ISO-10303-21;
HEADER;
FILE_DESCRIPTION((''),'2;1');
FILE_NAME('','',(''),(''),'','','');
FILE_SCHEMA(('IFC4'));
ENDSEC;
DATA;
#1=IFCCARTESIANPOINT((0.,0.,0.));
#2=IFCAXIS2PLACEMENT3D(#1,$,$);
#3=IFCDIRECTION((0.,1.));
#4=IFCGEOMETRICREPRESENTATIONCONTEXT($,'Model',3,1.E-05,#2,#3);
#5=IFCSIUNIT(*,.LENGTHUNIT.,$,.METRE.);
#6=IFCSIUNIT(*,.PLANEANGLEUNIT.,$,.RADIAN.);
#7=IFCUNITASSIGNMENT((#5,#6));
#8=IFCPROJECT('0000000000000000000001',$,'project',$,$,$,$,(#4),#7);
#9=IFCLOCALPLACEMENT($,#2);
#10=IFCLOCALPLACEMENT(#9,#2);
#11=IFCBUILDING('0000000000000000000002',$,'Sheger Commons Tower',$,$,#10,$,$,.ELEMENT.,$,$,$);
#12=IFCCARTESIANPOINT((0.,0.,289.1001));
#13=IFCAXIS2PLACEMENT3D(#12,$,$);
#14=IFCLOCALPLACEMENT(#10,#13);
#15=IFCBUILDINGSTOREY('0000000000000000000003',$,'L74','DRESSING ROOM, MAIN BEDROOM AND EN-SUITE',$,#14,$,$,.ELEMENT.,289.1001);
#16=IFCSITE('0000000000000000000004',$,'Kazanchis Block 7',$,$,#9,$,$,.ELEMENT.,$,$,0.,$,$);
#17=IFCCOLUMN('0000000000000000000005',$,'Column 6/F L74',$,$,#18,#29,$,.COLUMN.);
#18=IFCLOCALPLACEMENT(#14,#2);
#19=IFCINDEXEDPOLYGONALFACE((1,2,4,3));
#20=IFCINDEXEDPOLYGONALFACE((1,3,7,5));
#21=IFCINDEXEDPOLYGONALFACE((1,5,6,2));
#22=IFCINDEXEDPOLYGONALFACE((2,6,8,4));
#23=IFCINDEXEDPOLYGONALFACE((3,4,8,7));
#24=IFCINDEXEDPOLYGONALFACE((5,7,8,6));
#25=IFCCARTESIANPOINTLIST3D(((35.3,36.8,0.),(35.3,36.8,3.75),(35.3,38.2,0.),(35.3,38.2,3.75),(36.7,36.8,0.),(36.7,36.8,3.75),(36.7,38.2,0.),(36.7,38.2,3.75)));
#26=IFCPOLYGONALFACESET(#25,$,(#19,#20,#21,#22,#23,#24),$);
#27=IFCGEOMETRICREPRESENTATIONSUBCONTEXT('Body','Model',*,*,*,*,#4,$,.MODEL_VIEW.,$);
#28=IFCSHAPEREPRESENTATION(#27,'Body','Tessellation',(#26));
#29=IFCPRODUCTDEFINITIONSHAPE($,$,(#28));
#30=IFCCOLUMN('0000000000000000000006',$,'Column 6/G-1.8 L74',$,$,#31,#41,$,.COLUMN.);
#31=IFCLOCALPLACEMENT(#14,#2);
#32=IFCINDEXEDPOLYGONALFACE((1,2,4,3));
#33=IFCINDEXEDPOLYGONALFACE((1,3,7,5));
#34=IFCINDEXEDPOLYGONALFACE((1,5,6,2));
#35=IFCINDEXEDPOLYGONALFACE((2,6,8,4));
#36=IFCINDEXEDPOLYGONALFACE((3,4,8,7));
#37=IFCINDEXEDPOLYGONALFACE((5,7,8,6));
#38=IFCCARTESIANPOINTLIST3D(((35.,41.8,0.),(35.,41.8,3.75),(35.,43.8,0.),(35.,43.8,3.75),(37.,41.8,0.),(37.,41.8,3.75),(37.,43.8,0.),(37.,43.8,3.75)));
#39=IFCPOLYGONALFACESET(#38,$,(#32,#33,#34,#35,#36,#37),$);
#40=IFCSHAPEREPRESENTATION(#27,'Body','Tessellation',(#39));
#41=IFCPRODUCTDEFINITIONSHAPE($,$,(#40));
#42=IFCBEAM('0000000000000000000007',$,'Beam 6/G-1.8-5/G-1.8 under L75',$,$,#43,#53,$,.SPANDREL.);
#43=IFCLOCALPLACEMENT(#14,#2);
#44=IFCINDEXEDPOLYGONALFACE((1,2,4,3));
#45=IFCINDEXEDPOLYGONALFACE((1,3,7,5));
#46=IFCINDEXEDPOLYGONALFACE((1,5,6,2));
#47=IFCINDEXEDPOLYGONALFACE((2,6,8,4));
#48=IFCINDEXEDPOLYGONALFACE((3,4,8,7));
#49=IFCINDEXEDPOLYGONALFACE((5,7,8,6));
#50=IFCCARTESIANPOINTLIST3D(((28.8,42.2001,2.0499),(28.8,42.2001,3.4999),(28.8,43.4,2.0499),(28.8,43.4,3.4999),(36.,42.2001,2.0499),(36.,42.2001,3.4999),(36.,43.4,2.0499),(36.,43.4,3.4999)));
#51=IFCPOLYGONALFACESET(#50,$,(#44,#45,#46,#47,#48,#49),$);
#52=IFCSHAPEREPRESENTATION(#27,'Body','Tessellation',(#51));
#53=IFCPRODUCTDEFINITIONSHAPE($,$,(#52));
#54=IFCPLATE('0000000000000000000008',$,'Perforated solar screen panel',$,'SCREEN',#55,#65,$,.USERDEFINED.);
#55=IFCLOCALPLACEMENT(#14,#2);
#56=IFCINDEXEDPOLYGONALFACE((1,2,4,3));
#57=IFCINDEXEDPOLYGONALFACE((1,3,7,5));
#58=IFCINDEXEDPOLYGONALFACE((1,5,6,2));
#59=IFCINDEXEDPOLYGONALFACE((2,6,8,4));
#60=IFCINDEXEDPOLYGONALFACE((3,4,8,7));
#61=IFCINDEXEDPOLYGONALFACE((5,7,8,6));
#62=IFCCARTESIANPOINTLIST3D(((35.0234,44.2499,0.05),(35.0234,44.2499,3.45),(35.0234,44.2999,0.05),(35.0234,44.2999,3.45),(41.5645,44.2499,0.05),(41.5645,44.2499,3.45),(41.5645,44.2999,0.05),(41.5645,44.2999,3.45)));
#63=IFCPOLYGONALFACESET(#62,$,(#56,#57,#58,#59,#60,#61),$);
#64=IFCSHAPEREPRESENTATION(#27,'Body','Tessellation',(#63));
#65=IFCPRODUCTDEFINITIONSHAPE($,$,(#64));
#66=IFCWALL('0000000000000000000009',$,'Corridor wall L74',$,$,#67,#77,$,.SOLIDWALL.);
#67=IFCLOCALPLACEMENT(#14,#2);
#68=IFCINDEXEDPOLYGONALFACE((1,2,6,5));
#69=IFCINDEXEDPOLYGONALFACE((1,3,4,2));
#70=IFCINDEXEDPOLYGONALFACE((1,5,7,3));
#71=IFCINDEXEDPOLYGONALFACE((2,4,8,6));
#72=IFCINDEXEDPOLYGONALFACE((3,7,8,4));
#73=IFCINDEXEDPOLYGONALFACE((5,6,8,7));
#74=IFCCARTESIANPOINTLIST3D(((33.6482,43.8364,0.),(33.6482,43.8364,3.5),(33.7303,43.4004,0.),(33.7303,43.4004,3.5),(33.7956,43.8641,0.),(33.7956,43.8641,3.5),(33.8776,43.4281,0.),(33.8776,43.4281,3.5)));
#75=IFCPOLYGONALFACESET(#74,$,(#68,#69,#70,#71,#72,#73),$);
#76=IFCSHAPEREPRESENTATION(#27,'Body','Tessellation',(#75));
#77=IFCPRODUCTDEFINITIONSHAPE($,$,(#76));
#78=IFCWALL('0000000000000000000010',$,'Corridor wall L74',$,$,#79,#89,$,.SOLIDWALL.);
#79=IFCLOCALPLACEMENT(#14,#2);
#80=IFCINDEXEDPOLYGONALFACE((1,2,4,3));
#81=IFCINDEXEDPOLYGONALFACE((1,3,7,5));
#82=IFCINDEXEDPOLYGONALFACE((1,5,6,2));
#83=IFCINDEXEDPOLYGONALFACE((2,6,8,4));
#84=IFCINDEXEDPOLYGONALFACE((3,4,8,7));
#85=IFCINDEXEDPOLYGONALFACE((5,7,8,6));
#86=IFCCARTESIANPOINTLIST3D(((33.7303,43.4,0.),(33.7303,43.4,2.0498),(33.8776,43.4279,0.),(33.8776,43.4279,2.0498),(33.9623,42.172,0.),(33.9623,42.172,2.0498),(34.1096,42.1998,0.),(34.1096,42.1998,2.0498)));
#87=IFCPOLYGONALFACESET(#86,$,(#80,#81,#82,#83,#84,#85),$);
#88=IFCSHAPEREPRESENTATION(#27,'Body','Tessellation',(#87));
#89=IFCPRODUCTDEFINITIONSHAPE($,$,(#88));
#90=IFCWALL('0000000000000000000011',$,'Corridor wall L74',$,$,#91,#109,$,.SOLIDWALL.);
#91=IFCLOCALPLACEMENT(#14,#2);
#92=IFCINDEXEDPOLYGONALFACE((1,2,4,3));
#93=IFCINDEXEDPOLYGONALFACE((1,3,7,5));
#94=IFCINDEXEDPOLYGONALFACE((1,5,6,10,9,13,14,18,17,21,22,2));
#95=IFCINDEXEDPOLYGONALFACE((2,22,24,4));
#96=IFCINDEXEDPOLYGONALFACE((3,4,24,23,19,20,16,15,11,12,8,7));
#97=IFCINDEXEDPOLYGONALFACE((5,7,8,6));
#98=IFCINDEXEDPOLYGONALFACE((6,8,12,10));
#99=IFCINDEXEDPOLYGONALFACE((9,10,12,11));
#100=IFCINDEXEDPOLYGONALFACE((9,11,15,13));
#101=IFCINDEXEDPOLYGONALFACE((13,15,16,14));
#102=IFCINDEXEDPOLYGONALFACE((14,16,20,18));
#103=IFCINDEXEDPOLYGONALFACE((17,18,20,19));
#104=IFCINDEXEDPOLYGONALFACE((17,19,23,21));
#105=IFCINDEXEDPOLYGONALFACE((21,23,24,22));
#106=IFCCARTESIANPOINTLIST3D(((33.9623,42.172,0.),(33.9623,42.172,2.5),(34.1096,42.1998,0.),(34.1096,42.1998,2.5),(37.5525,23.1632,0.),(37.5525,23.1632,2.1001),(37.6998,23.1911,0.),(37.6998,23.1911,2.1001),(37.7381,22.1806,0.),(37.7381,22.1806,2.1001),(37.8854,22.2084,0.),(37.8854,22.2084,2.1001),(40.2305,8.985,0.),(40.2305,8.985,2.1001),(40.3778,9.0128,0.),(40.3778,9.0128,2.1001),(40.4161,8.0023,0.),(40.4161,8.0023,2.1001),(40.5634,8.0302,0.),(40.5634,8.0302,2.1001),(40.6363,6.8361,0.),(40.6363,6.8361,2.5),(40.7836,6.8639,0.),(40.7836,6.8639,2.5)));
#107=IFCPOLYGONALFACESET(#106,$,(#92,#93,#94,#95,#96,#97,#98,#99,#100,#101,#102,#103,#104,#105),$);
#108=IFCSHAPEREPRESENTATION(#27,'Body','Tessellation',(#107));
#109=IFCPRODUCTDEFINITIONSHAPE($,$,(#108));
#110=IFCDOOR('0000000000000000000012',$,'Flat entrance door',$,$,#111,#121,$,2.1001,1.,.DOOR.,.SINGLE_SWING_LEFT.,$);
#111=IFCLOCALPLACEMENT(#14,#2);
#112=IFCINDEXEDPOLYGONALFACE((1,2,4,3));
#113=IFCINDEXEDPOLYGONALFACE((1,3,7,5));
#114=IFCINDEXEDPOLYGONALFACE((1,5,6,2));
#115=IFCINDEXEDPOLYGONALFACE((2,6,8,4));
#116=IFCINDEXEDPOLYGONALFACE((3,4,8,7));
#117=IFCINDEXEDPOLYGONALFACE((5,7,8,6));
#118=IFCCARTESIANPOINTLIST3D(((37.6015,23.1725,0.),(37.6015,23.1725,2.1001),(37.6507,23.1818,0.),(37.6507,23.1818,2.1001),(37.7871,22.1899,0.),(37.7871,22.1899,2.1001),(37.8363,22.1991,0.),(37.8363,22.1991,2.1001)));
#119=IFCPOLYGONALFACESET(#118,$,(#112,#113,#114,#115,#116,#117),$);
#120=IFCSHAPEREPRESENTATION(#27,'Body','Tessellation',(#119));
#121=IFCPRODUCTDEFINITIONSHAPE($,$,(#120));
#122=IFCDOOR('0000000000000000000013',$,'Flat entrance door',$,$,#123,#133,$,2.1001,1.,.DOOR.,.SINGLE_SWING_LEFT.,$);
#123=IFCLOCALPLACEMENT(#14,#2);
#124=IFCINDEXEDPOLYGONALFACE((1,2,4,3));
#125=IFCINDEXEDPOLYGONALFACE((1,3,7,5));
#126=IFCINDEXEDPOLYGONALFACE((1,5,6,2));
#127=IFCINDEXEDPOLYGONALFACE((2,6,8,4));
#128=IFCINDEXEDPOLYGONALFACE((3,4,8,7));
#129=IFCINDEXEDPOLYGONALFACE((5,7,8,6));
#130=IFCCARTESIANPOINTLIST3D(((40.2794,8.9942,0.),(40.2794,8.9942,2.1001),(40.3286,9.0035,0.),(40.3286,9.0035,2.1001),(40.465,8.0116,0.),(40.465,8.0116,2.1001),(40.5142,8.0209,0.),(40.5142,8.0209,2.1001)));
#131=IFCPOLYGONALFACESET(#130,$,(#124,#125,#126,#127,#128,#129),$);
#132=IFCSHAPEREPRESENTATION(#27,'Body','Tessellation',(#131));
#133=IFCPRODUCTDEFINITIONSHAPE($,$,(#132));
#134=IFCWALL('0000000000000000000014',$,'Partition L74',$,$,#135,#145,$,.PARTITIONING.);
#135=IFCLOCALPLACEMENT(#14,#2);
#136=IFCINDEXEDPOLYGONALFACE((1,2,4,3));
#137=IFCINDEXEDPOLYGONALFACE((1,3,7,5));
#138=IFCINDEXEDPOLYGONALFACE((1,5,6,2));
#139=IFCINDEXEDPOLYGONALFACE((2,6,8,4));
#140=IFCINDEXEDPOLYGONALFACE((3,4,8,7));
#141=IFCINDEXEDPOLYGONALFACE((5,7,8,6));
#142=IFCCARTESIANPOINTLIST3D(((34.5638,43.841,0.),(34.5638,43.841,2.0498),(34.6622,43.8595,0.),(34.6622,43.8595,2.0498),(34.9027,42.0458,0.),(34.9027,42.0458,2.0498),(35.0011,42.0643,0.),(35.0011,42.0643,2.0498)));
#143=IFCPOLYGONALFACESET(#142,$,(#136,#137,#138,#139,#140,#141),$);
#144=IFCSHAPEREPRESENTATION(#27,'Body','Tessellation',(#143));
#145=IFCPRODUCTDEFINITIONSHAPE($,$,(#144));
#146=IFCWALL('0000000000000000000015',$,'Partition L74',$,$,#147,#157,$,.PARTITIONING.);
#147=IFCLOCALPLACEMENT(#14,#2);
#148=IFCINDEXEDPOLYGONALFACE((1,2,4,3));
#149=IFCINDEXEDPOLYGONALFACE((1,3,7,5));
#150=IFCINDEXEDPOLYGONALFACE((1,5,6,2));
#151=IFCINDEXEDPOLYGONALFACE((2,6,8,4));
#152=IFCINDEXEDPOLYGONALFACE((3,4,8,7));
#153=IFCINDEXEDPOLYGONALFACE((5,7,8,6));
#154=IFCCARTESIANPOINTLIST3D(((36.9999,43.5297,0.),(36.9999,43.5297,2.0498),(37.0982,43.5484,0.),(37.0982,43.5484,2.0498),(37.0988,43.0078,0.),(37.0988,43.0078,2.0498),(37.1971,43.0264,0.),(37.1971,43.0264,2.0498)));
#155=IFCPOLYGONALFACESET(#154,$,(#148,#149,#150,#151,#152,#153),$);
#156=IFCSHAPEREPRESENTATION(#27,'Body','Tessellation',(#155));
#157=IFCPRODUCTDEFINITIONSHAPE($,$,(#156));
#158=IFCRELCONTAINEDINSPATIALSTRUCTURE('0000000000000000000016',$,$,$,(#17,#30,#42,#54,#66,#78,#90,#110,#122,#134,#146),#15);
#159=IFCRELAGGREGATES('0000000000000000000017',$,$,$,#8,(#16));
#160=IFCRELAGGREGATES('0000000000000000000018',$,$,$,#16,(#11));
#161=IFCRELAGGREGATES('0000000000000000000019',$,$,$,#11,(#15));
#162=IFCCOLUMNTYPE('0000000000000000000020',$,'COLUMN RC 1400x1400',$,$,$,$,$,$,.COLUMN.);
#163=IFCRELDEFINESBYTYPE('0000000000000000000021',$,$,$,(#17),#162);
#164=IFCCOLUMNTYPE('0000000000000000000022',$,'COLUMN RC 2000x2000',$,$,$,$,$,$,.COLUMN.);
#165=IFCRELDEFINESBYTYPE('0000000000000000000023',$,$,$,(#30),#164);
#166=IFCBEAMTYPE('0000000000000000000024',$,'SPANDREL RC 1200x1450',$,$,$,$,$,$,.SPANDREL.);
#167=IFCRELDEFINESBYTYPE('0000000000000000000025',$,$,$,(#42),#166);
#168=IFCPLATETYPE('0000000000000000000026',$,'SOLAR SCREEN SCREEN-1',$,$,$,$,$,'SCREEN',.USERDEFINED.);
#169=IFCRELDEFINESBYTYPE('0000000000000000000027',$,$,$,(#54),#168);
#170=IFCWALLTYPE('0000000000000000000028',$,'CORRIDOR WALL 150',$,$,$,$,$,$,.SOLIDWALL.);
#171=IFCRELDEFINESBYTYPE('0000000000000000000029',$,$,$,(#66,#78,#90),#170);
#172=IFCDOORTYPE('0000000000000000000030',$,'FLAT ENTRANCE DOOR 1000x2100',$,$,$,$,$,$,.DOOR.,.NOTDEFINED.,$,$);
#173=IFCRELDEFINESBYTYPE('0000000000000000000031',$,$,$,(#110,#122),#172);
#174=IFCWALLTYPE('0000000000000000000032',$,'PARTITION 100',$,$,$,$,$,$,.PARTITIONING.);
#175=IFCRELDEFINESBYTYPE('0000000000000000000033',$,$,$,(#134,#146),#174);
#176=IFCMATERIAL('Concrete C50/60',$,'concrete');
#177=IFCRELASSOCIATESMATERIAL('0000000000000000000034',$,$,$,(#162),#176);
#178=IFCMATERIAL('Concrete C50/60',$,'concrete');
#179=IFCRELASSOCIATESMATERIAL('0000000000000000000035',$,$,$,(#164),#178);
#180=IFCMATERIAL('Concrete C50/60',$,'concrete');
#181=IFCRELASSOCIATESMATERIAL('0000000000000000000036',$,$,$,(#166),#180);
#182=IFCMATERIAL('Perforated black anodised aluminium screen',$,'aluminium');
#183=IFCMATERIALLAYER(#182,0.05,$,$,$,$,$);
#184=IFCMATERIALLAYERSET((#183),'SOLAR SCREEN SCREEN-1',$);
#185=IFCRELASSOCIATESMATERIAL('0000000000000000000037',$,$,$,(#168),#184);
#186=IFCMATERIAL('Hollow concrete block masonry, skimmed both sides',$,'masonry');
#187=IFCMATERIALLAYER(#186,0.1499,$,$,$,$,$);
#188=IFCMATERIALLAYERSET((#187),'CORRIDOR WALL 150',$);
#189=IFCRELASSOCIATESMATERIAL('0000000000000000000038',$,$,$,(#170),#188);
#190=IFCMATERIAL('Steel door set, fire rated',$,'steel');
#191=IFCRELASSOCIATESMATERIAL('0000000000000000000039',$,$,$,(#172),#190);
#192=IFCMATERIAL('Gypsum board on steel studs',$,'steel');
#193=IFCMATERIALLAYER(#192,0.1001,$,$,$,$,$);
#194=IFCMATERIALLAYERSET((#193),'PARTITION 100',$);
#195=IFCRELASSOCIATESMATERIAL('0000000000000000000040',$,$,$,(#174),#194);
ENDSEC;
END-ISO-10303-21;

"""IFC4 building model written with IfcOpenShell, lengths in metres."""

from ifc_helpers import new_model, si_unit, direction, frame, frame_2d, origin, origin_2d, place, context, subcontext, project, spatial, rectangle, extrude, material, layer, layer_set, material_profile, profile_set, type_object, element, fill, save


model = new_model("IFC4")

# Units and contexts
model_context = context("Model", 3, precision=1e-05, world=origin(), true_north=direction((0.0, 1.0)))
body_context = subcontext(model_context, "Body", "Model", "MODEL_VIEW")
ifc_project = project(units=[si_unit("LENGTHUNIT", "METRE"), si_unit("PLANEANGLEUNIT", "RADIAN")], contexts=[model_context])

# Site, building, storey
site_placement = place(None, origin())
site = spatial("IfcSite", under=ifc_project, at=site_placement, Name="Kazanchis Block 7", CompositionType="ELEMENT", RefElevation=0.0)
building_placement = place(site_placement, origin())
building = spatial("IfcBuilding", under=site, at=building_placement, Name="Sheger Commons Tower", CompositionType="ELEMENT")
storey_placement = place(building_placement, frame((0.0, 0.0, 289.1001)))
storey = spatial("IfcBuildingStorey", under=building, at=storey_placement, Name="L74", Description="DRESSING ROOM, MAIN BEDROOM AND EN-SUITE", CompositionType="ELEMENT", Elevation=289.1001)

# Columns
ifc_material_1 = material(Name="Concrete C50/60", Category="concrete")
ifc_material_profile_1 = material_profile(ifc_material_1, rectangle(XDim=1.3999, YDim=1.3999, at=origin_2d()), Name="RC 1400x1400")
ifc_profile_set_1 = profile_set([ifc_material_profile_1], Name="Concrete C50/60")
column_type_1 = type_object("IfcColumnType", Name="COLUMN RC 1400x1400", PredefinedType="COLUMN", material=ifc_profile_set_1)
column_1_placement = place(storey_placement, frame((36.0, 37.5, 0.0), z_axis=(0.0, 0.0, 1.0), x_axis=(1.0, 0.0, 0.0)))
element("IfcColumn", 1, at=column_1_placement, inside=storey, type_object=column_type_1, Name="Column 6/F L74", PredefinedType="COLUMN", context=body_context, shape_type="SweptSolid", body=[
    extrude(rectangle(XDim=1.3999, YDim=1.3999, at=origin_2d()), origin(), (0.0, 0.0, 1.0), 3.75),
])
ifc_material_2 = material(Name="Concrete C50/60", Category="concrete")
ifc_material_profile_2 = material_profile(ifc_material_2, rectangle(XDim=2.0, YDim=2.0, at=origin_2d()), Name="RC 2000x2000")
ifc_profile_set_2 = profile_set([ifc_material_profile_2], Name="Concrete C50/60")
column_type_2 = type_object("IfcColumnType", Name="COLUMN RC 2000x2000", PredefinedType="COLUMN", material=ifc_profile_set_2)
column_2_placement = place(storey_placement, frame((36.0, 42.8, 0.0), z_axis=(0.0, 0.0, 1.0), x_axis=(1.0, 0.0, 0.0)))
element("IfcColumn", 2, at=column_2_placement, inside=storey, type_object=column_type_2, Name="Column 6/G-1.8 L74", PredefinedType="COLUMN", context=body_context, shape_type="SweptSolid", body=[
    extrude(rectangle(XDim=2.0, YDim=2.0, at=origin_2d()), origin(), (0.0, 0.0, 1.0), 3.75),
])

# Beam
ifc_material_3 = material(Name="Concrete C50/60", Category="concrete")
ifc_material_profile_3 = material_profile(ifc_material_3, rectangle(XDim=1.2, YDim=1.45, at=origin_2d()), Name="RC 1200x1450")
ifc_profile_set_3 = profile_set([ifc_material_profile_3], Name="Concrete C50/60")
beam_type = type_object("IfcBeamType", Name="SPANDREL RC 1200x1450", PredefinedType="SPANDREL", material=ifc_profile_set_3)
beam_placement = place(storey_placement, frame((36.0, 42.8, 2.7749), z_axis=(-1.0, 0.0, 0.0), x_axis=(0.0, -1.0, 0.0)))
element("IfcBeam", 3, at=beam_placement, inside=storey, type_object=beam_type, Name="Beam 6/G-1.8-5/G-1.8 under L75", PredefinedType="SPANDREL", context=body_context, shape_type="SweptSolid", body=[
    extrude(rectangle(XDim=1.2, YDim=1.45, at=origin_2d()), origin(), (0.0, 0.0, 1.0), 7.2),
])

# Plate
ifc_material_4 = material(Name="Perforated black anodised aluminium screen", Category="aluminium")
ifc_layer_1 = layer(ifc_material_4, 0.05)
ifc_layer_set_1 = layer_set([ifc_layer_1], Name="SOLAR SCREEN SCREEN-1")
plate_type = type_object("IfcPlateType", Name="SOLAR SCREEN SCREEN-1", ElementType="SCREEN", PredefinedType="USERDEFINED", material=ifc_layer_set_1)
plate_placement = place(storey_placement, frame((38.2939, 44.2749, 0.05), z_axis=(0.0, 0.0, 1.0), x_axis=(-1.0, 0.0, 0.0)))
element("IfcPlate", 4, at=plate_placement, inside=storey, type_object=plate_type, Name="Perforated solar screen panel", ObjectType="SCREEN", PredefinedType="USERDEFINED", context=body_context, shape_type="SweptSolid", body=[
    extrude(rectangle(XDim=6.541, YDim=0.05, at=origin_2d()), origin(), (0.0, 0.0, 1.0), 3.3999),
])

# Walls
ifc_material_5 = material(Name="Hollow concrete block masonry, skimmed both sides", Category="masonry")
ifc_layer_2 = layer(ifc_material_5, 0.1499)
ifc_layer_set_2 = layer_set([ifc_layer_2], Name="CORRIDOR WALL 150")
wall_type_1 = type_object("IfcWallType", Name="CORRIDOR WALL 150", PredefinedType="SOLIDWALL", material=ifc_layer_set_2)
wall_1_placement = place(storey_placement, frame((33.7219, 43.8501, 0.0), z_axis=(0.0, 0.0, 1.0), x_axis=(0.184887, -0.98276, 0.0)))
element("IfcWall", 5, at=wall_1_placement, inside=storey, type_object=wall_type_1, Name="Corridor wall L74", PredefinedType="SOLIDWALL", context=body_context, shape_type="SweptSolid", body=[
    extrude(rectangle(XDim=0.4436, YDim=0.1499, at=frame_2d((0.2217, 0.0))), origin(), (0.0, 0.0, 1.0), 3.5),
])
wall_2_placement = place(storey_placement, frame((33.804, 43.4141, 0.0), z_axis=(0.0, 0.0, 1.0), x_axis=(0.185586, -0.982628, 0.0)))
element("IfcWall", 6, at=wall_2_placement, inside=storey, type_object=wall_type_1, Name="Corridor wall L74", PredefinedType="SOLIDWALL", context=body_context, shape_type="SweptSolid", body=[
    extrude(rectangle(XDim=1.2498, YDim=0.1499, at=frame_2d((0.625, 0.0))), origin(), (0.0, 0.0, 1.0), 2.0498),
])

# Wall, openings, doors
wall_3_placement = place(storey_placement, frame((34.0359, 42.186, 0.0), z_axis=(0.0, 0.0, 1.0), x_axis=(0.185594, -0.982627, 0.0)))
wall_3 = element("IfcWall", 7, at=wall_3_placement, inside=storey, type_object=wall_type_1, Name="Corridor wall L74", PredefinedType="SOLIDWALL", context=body_context, shape_type="SweptSolid", body=[
    extrude(rectangle(XDim=35.9607, YDim=0.1499, at=frame_2d((17.9805, 0.0))), origin(), (0.0, 0.0, 1.0), 2.5),
])
opening_1_placement = place(wall_3_placement, frame((19.345, 0.0, 0.0)))
opening_1 = element("IfcOpeningElement", 8, at=opening_1_placement, cuts=wall_3, PredefinedType="OPENING", context=body_context, shape_type="SweptSolid", body=[
    extrude(rectangle(XDim=1.0, YDim=2.1001, at=frame_2d((0.5, 1.05))), frame((0.0, 0.085, 0.0), z_axis=(0.0, -1.0, 0.0), x_axis=(1.0, 0.0, 0.0)), (0.0, 0.0, 1.0), 0.1699),
])
opening_2_placement = place(wall_3_placement, frame((33.7739, 0.0, 0.0)))
opening_2 = element("IfcOpeningElement", 9, at=opening_2_placement, cuts=wall_3, PredefinedType="OPENING", context=body_context, shape_type="SweptSolid", body=[
    extrude(rectangle(XDim=1.0, YDim=2.1001, at=frame_2d((0.5, 1.05))), frame((0.0, 0.085, 0.0), z_axis=(0.0, -1.0, 0.0), x_axis=(1.0, 0.0, 0.0)), (0.0, 0.0, 1.0), 0.1699),
])
ifc_material_6 = material(Name="Steel door set, fire rated", Category="steel")
door_type_1 = type_object("IfcDoorType", Name="FLAT ENTRANCE DOOR 1000x2100", OperationType="NOTDEFINED", PredefinedType="DOOR", material=ifc_material_6)
door_1_placement = place(opening_1_placement, origin())
door_1 = element("IfcDoor", 10, at=door_1_placement, inside=storey, type_object=door_type_1, Name="Flat entrance door", OperationType="SINGLE_SWING_LEFT", OverallHeight=2.1001, OverallWidth=1.0, PredefinedType="DOOR", context=body_context, shape_type="SweptSolid", body=[
    extrude(rectangle(XDim=1.0, YDim=2.1001, at=frame_2d((0.5, 1.05))), frame((0.0, 0.0249, 0.0), z_axis=(0.0, -1.0, 0.0), x_axis=(1.0, 0.0, 0.0)), (0.0, 0.0, 1.0), 0.05),
])
fill(opening_1, door_1)
door_2_placement = place(opening_2_placement, origin())
door_2 = element("IfcDoor", 11, at=door_2_placement, inside=storey, type_object=door_type_1, Name="Flat entrance door", OperationType="SINGLE_SWING_LEFT", OverallHeight=2.1001, OverallWidth=1.0, PredefinedType="DOOR", context=body_context, shape_type="SweptSolid", body=[
    extrude(rectangle(XDim=1.0, YDim=2.1001, at=frame_2d((0.5, 1.05))), frame((0.0, 0.0249, 0.0), z_axis=(0.0, -1.0, 0.0), x_axis=(1.0, 0.0, 0.0)), (0.0, 0.0, 1.0), 0.05),
])
fill(opening_2, door_2)

# Walls
ifc_material_7 = material(Name="Gypsum board on steel studs", Category="steel")
ifc_layer_3 = layer(ifc_material_7, 0.1001)
ifc_layer_set_3 = layer_set([ifc_layer_3], Name="PARTITION 100")
wall_type_2 = type_object("IfcWallType", Name="PARTITION 100", PredefinedType="PARTITIONING", material=ifc_layer_set_3)
wall_4_placement = place(storey_placement, frame((34.9519, 42.0549, 0.0), z_axis=(0.0, 0.0, 1.0), x_axis=(-0.185491, 0.982646, 0.0)))
element("IfcWall", 12, at=wall_4_placement, inside=storey, type_object=wall_type_2, Name="Partition L74", PredefinedType="PARTITIONING", context=body_context, shape_type="SweptSolid", body=[
    extrude(rectangle(XDim=1.8269, YDim=0.1001, at=frame_2d((0.9136, 0.0))), origin(), (0.0, 0.0, 1.0), 2.0498),
])
wall_5_placement = place(storey_placement, frame((37.0491, 43.5391, 0.0), z_axis=(0.0, 0.0, 1.0), x_axis=(0.186119, -0.982527, 0.0)))
element("IfcWall", 13, at=wall_5_placement, inside=storey, type_object=wall_type_2, Name="Partition L74", PredefinedType="PARTITIONING", context=body_context, shape_type="SweptSolid", body=[
    extrude(rectangle(XDim=0.5312, YDim=0.1001, at=frame_2d((0.2656, 0.0))), origin(), (0.0, 0.0, 1.0), 2.0498),
])

save(model, "model.ifc")
